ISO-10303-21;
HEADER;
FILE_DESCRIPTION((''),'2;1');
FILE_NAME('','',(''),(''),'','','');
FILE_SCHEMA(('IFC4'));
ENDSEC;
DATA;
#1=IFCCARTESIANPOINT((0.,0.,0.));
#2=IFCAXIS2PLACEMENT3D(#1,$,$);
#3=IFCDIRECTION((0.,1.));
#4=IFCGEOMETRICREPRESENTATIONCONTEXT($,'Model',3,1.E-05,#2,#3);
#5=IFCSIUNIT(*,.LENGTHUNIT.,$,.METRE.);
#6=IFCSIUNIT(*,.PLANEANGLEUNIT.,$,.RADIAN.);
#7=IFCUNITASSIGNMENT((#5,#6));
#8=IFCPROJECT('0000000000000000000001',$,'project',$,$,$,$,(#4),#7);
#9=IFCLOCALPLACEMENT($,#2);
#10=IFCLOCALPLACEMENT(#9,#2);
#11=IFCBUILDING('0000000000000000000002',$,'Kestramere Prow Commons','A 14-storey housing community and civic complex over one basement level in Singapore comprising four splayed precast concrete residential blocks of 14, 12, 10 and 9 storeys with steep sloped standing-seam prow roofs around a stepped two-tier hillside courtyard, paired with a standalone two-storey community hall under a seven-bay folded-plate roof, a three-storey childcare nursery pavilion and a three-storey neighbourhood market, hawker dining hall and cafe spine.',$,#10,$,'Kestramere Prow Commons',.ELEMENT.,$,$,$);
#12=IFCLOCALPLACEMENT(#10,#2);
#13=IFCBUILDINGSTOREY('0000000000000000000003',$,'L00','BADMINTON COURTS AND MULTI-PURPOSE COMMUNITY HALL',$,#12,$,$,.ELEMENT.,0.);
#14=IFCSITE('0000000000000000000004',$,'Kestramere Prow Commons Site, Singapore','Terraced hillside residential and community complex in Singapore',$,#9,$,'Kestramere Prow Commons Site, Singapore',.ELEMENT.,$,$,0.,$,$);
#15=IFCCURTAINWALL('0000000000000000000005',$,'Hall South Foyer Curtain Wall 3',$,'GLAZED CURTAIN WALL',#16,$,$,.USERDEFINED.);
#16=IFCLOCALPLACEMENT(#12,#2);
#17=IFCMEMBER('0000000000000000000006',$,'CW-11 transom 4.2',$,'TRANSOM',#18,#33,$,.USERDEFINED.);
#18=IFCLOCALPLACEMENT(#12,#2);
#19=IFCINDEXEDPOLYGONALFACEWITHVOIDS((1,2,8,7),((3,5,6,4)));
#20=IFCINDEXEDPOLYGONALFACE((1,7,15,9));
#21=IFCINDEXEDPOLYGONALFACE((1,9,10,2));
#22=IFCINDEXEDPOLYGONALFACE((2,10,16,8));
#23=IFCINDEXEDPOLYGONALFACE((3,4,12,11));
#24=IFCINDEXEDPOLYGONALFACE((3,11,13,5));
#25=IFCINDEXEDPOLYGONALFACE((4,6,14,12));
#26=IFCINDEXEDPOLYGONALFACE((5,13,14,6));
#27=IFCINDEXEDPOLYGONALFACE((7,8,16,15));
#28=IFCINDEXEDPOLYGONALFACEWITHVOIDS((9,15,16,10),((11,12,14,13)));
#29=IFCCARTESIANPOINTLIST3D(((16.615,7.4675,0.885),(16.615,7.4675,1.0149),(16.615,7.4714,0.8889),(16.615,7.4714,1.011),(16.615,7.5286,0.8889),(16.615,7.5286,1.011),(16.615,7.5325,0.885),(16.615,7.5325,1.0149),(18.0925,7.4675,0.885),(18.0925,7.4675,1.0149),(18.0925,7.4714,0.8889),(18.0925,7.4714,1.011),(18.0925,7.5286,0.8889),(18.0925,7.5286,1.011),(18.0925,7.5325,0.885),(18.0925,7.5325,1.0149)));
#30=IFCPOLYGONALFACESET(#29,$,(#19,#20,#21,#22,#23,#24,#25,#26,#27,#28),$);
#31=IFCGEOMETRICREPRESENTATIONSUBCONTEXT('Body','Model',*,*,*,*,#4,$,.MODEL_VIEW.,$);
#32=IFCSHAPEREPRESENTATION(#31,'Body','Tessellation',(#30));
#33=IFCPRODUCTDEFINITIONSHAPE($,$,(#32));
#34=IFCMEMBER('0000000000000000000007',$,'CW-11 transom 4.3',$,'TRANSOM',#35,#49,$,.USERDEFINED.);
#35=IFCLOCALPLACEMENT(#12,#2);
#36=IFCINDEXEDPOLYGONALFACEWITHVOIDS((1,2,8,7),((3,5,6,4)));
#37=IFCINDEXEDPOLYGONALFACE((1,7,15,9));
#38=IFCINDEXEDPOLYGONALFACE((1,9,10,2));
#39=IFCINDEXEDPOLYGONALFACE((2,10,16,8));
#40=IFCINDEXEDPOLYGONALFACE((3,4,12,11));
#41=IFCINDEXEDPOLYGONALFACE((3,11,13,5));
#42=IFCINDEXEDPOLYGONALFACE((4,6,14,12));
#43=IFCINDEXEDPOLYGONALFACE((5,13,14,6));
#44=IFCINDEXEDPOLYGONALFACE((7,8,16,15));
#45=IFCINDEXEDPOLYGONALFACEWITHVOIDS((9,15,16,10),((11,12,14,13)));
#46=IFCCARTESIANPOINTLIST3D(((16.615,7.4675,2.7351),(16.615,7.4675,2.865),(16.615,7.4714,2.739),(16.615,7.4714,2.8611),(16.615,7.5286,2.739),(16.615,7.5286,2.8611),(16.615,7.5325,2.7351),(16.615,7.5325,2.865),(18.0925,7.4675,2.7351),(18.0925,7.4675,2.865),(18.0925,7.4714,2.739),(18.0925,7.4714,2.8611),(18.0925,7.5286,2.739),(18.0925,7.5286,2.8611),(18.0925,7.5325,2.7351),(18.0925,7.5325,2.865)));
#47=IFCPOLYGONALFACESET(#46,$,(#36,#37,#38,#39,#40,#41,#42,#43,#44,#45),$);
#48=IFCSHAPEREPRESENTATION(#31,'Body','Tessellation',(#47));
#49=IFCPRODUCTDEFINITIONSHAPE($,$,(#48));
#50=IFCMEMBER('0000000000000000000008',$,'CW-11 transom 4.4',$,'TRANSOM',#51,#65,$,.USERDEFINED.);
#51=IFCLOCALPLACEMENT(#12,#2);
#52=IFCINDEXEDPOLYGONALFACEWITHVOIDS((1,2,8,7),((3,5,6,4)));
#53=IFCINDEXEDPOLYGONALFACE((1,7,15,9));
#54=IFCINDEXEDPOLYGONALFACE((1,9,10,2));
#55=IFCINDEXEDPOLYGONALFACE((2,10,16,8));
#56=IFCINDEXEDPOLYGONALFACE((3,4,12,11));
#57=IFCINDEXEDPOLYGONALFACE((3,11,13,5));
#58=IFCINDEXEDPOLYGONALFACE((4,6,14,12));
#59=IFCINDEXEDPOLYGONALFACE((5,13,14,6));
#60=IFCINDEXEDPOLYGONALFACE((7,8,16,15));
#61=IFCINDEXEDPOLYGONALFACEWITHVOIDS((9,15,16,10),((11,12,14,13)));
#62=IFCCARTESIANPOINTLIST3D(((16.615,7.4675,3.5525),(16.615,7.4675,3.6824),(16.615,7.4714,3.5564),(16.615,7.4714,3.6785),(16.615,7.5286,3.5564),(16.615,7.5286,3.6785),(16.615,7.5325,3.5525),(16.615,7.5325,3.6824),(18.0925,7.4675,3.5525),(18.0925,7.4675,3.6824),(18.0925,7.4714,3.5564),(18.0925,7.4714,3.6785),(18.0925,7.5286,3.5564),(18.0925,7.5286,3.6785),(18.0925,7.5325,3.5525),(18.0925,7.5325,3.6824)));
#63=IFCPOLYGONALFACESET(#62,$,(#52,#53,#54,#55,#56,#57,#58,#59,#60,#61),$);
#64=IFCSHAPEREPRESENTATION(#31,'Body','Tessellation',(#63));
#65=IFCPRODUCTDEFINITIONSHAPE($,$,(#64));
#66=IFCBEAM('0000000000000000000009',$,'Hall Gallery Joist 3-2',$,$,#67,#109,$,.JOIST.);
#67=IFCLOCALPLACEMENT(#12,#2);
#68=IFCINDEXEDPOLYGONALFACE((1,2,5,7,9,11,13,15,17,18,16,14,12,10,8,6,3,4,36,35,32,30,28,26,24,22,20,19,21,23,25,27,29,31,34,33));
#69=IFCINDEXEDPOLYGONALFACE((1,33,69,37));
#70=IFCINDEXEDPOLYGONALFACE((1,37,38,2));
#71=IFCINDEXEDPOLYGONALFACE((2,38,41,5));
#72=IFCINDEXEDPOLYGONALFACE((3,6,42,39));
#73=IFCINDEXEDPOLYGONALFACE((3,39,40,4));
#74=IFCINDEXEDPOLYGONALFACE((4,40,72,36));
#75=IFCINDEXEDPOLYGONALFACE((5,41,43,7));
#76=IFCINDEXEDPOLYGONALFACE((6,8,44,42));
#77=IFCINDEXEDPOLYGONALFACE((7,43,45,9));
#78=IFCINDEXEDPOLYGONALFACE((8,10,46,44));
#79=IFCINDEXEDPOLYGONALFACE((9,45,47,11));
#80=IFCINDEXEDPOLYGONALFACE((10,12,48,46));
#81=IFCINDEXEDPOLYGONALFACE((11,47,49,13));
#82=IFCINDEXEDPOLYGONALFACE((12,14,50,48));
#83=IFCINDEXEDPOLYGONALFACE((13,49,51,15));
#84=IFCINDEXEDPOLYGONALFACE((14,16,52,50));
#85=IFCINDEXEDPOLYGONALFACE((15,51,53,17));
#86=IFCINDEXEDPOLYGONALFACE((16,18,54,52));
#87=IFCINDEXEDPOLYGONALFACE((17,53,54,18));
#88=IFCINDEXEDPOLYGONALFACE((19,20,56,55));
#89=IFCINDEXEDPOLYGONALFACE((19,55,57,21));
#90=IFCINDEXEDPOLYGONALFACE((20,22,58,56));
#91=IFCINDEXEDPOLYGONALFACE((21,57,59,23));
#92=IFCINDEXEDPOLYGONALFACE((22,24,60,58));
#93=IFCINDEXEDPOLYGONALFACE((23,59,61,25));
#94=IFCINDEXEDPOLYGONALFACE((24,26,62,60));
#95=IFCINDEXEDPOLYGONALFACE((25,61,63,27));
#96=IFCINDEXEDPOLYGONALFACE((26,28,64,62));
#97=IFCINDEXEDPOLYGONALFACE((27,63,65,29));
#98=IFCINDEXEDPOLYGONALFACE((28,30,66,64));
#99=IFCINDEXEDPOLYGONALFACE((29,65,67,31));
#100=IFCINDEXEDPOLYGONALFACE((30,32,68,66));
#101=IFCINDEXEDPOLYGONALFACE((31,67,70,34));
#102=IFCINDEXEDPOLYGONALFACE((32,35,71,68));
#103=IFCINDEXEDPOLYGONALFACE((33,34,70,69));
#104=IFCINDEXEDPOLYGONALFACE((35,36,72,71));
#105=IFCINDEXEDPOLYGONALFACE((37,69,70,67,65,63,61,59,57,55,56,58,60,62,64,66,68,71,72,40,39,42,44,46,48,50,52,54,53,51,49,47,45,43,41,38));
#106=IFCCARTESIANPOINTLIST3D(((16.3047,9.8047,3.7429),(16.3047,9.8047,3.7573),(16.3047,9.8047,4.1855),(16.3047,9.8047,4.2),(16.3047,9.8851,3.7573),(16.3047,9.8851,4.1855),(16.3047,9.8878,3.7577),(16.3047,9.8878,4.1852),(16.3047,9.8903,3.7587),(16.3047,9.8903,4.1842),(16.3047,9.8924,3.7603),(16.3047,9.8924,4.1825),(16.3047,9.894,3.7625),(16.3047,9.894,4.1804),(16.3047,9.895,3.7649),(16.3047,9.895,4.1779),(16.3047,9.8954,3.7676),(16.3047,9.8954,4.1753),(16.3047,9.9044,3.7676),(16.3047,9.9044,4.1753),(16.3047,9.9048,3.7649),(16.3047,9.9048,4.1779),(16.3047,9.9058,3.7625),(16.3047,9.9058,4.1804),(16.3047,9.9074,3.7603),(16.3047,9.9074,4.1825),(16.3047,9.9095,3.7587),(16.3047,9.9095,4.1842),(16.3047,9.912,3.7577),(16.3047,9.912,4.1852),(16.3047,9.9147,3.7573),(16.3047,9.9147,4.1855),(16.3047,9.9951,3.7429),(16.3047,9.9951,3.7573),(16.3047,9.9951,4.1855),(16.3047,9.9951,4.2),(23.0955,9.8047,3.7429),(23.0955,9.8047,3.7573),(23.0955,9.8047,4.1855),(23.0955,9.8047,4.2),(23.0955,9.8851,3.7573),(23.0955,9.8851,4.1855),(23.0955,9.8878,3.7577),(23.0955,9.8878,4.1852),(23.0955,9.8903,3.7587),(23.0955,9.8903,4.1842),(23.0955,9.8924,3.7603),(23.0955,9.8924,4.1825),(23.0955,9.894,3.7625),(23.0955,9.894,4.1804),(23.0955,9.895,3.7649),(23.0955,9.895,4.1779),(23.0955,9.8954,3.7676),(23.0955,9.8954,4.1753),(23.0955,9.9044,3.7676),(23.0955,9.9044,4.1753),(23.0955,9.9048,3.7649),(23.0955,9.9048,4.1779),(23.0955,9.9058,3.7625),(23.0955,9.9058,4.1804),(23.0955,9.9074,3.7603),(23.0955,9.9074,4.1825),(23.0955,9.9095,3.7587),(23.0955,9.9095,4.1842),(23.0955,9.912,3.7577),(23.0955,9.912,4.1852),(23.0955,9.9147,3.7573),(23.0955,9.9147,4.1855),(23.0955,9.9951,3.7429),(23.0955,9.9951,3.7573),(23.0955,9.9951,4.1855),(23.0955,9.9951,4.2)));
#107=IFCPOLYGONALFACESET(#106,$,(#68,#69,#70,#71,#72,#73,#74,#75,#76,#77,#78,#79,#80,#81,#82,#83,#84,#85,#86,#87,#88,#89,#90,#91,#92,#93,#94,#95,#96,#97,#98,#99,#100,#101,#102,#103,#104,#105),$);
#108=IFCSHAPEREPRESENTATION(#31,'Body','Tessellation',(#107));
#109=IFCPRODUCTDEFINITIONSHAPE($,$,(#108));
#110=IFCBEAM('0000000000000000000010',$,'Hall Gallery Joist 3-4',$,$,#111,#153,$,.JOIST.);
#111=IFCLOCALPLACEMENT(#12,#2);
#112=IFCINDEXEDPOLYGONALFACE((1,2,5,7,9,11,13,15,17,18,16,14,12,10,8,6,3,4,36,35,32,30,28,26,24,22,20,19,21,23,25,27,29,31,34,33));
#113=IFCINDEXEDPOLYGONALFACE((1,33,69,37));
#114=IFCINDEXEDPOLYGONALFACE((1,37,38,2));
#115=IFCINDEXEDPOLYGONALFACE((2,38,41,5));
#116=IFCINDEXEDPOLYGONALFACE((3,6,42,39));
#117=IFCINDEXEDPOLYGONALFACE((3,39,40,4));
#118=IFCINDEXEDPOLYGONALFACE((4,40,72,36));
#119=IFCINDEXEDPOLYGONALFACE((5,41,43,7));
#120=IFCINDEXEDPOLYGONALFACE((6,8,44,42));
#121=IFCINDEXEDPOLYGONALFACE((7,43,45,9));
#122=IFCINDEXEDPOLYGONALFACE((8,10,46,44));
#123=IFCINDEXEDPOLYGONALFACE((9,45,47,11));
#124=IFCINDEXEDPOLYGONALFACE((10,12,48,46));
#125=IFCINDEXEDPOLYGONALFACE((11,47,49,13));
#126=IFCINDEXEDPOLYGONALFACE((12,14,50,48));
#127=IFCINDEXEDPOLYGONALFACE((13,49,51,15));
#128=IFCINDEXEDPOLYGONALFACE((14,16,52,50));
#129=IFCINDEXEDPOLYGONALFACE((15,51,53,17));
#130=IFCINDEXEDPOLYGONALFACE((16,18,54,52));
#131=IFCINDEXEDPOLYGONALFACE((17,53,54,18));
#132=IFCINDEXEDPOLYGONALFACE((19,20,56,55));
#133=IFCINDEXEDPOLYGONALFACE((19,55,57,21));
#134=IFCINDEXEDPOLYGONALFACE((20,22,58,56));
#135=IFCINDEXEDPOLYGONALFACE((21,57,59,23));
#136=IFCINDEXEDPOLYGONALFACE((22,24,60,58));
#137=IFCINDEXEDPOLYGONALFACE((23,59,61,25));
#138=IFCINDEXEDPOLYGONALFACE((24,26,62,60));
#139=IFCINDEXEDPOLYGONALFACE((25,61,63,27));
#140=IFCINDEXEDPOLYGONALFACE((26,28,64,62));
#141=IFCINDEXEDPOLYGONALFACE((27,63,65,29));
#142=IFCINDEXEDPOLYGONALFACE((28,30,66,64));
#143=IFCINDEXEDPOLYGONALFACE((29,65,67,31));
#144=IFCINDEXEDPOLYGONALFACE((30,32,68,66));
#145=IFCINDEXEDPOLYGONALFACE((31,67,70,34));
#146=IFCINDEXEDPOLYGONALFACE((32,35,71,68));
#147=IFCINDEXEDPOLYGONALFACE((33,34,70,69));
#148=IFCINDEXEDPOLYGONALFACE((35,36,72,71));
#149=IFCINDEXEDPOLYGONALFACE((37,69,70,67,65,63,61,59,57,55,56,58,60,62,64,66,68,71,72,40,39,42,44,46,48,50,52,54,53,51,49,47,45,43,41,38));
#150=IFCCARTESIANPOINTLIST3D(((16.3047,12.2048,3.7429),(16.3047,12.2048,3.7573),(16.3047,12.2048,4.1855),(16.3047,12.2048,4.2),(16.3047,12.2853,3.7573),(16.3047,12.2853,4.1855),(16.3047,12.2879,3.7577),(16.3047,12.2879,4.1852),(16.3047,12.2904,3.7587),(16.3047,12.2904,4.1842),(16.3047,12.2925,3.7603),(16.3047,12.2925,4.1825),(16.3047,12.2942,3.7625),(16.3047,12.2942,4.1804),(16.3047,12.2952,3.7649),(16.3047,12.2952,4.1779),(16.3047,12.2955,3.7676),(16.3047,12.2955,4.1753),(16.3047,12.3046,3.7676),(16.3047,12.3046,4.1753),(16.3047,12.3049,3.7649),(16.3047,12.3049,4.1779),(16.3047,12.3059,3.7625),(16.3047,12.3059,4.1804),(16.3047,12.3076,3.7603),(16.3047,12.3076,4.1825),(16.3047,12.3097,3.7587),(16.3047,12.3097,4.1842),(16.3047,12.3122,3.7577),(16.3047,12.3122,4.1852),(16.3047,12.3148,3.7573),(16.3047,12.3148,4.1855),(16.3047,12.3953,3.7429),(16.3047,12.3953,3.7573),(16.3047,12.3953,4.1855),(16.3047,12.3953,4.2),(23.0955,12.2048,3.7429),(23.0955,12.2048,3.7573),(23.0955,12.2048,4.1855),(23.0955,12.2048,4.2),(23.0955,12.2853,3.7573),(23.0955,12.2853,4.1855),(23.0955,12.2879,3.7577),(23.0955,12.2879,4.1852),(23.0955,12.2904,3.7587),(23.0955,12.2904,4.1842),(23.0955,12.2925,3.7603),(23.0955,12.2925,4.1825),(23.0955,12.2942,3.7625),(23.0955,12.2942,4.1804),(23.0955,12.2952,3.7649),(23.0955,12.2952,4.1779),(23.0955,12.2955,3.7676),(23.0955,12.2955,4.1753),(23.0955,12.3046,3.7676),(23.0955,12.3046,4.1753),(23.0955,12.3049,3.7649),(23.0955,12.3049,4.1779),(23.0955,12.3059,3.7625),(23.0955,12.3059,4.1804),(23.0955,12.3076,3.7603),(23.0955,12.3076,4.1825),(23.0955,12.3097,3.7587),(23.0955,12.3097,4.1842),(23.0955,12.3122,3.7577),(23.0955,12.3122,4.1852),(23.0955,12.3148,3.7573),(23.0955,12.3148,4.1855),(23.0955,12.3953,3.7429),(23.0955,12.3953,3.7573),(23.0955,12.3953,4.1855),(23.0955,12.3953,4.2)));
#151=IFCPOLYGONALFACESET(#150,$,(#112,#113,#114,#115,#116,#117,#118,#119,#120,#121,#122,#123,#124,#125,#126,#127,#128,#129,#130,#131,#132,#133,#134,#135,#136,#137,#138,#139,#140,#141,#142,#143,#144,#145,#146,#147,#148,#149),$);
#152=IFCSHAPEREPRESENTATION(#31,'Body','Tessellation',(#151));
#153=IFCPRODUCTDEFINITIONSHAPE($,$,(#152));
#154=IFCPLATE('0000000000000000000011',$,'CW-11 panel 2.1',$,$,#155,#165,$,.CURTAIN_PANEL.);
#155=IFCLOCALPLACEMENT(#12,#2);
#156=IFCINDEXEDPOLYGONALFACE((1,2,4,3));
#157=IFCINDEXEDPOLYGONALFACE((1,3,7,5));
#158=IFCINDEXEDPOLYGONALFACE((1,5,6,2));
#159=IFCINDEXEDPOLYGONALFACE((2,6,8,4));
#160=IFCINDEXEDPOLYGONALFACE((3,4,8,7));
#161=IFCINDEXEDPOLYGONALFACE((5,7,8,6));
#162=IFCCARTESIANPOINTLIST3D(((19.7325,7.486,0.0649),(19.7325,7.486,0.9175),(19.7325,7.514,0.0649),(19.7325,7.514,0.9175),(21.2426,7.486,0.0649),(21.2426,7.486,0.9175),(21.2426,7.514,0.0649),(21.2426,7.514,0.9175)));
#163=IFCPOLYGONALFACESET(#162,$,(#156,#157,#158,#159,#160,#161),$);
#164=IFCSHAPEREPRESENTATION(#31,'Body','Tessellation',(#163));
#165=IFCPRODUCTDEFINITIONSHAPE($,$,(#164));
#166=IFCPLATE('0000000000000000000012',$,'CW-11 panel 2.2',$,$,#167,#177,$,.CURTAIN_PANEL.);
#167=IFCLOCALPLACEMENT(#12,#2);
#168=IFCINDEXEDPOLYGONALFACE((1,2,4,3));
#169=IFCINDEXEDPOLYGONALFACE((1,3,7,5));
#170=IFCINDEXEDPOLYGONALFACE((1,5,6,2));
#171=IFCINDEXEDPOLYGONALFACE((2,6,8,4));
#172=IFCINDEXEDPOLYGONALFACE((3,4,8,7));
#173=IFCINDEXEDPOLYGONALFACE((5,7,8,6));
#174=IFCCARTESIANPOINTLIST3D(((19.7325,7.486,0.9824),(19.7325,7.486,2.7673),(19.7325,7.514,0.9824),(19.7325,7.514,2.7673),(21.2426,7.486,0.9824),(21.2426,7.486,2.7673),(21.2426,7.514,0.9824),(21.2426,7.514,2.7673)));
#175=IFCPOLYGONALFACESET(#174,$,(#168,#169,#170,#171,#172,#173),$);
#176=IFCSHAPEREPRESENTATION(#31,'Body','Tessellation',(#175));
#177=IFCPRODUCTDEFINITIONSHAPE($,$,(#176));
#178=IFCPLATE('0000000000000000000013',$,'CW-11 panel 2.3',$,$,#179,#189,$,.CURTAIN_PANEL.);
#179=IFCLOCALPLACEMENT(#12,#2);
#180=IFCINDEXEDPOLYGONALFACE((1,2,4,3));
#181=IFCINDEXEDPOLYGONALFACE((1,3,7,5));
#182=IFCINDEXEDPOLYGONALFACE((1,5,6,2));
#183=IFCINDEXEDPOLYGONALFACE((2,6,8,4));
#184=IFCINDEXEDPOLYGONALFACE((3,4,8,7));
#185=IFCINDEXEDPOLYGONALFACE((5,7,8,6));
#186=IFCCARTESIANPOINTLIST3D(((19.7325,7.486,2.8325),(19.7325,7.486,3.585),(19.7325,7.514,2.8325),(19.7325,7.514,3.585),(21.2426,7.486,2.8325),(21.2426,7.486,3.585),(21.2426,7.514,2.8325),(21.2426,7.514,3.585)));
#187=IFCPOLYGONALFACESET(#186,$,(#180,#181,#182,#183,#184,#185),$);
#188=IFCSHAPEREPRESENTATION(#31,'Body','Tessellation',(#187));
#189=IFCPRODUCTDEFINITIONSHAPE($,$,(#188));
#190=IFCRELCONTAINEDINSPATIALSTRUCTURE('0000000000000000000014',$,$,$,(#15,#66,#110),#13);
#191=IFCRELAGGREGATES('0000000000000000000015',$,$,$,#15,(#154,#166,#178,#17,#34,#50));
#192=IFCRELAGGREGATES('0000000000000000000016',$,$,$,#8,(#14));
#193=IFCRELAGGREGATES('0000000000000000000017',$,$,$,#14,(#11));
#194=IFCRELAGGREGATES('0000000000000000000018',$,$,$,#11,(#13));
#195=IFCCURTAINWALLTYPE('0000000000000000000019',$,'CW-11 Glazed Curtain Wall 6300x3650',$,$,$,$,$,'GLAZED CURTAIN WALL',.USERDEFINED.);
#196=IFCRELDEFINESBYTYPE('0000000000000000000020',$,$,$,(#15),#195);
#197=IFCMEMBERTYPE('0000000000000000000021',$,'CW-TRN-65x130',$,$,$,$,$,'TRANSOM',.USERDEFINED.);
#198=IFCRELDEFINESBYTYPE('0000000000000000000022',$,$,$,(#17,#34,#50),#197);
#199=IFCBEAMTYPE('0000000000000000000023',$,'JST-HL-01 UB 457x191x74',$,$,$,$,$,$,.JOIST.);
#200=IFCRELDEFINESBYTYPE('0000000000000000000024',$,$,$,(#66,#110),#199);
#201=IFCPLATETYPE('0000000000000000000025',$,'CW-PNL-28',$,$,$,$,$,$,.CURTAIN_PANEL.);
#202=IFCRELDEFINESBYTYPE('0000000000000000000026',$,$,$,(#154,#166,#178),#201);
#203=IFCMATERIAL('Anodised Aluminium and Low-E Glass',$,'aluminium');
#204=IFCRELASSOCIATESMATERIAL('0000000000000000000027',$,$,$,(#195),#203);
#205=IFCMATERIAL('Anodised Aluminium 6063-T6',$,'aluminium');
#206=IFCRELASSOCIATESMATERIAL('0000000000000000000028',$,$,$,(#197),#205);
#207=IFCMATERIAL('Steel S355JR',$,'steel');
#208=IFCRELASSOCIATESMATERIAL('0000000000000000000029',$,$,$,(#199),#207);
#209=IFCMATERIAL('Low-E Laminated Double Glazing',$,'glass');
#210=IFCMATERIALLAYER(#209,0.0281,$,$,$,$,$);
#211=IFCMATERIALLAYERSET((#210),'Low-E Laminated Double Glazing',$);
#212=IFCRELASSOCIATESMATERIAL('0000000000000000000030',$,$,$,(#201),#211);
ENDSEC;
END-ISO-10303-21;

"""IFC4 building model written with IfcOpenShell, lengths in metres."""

from ifc_helpers import new_model, si_unit, direction, frame, origin, origin_2d, place, context, subcontext, project, spatial, rectangle, hollow_rectangle, i_section, extrude, material, layer, layer_set, material_profile, profile_set, type_object, element, aggregate, save


model = new_model("IFC4")

# Units and contexts
model_context = context("Model", 3, precision=1e-05, world=origin(), true_north=direction((0.0, 1.0)))
body_context = subcontext(model_context, "Body", "Model", "MODEL_VIEW")
ifc_project = project(units=[si_unit("LENGTHUNIT", "METRE"), si_unit("PLANEANGLEUNIT", "RADIAN")], contexts=[model_context])

# Site, building, storey
site_placement = place(None, origin())
site = spatial("IfcSite", under=ifc_project, at=site_placement, Name="Kestramere Prow Commons Site, Singapore", Description="Terraced hillside residential and community complex in Singapore", LongName="Kestramere Prow Commons Site, Singapore", CompositionType="ELEMENT", RefElevation=0.0)
building_placement = place(site_placement, origin())
building = spatial("IfcBuilding", under=site, at=building_placement, Name="Kestramere Prow Commons", Description="A 14-storey housing community and civic complex over one basement level in Singapore comprising four splayed precast concrete residential blocks of 14, 12, 10 and 9 storeys with steep sloped standing-seam prow roofs around a stepped two-tier hillside courtyard, paired with a standalone two-storey community hall under a seven-bay folded-plate roof, a three-storey childcare nursery pavilion and a three-storey neighbourhood market, hawker dining hall and cafe spine.", LongName="Kestramere Prow Commons", CompositionType="ELEMENT")
storey_placement = place(building_placement, origin())
storey = spatial("IfcBuildingStorey", under=building, at=storey_placement, Name="L00", Description="BADMINTON COURTS AND MULTI-PURPOSE COMMUNITY HALL", CompositionType="ELEMENT", Elevation=0.0)

# Shared definitions
ifc_material_1 = material(Name="Steel S355JR", Category="steel")

# Curtain wall, members
ifc_material_2 = material(Name="Anodised Aluminium and Low-E Glass", Category="aluminium")
curtain_wall_type = type_object("IfcCurtainWallType", Name="CW-11 Glazed Curtain Wall 6300x3650", ElementType="GLAZED CURTAIN WALL", PredefinedType="USERDEFINED", material=ifc_material_2)
curtain_wall_placement = place(storey_placement, origin())
curtain_wall = element("IfcCurtainWall", 1, at=curtain_wall_placement, inside=storey, type_object=curtain_wall_type, Name="Hall South Foyer Curtain Wall 3", ObjectType="GLAZED CURTAIN WALL", PredefinedType="USERDEFINED")
ifc_material_3 = material(Name="Anodised Aluminium 6063-T6", Category="aluminium")
ifc_material_profile_1 = material_profile(ifc_material_3, hollow_rectangle(XDim=0.0649, YDim=0.1299, WallThickness=0.0039, at=origin_2d()), Name="ALU-TRN 65x130")
ifc_profile_set_1 = profile_set([ifc_material_profile_1], Name="Anodised Aluminium 6063-T6")
member_type_1 = type_object("IfcMemberType", Name="CW-TRN-65x130", ElementType="TRANSOM", PredefinedType="USERDEFINED", material=ifc_profile_set_1)
member_1_placement = place(storey_placement, frame((18.0925, 7.5, 0.95), z_axis=(-1.0, 0.0, 0.0), x_axis=(0.0, -1.0, 0.0)))
member_1 = element("IfcMember", 2, at=member_1_placement, type_object=member_type_1, Name="CW-11 transom 4.2", ObjectType="TRANSOM", PredefinedType="USERDEFINED", context=body_context, shape_type="SweptSolid", body=[
    extrude(hollow_rectangle(XDim=0.0649, YDim=0.1299, WallThickness=0.0039, at=origin_2d()), origin(), (0.0, 0.0, 1.0), 1.4775),
])
member_2_placement = place(storey_placement, frame((18.0925, 7.5, 2.8), z_axis=(-1.0, 0.0, 0.0), x_axis=(0.0, -1.0, 0.0)))
member_2 = element("IfcMember", 3, at=member_2_placement, type_object=member_type_1, Name="CW-11 transom 4.3", ObjectType="TRANSOM", PredefinedType="USERDEFINED", context=body_context, shape_type="SweptSolid", body=[
    extrude(hollow_rectangle(XDim=0.0649, YDim=0.1299, WallThickness=0.0039, at=origin_2d()), origin(), (0.0, 0.0, 1.0), 1.4775),
])
member_3_placement = place(storey_placement, frame((18.0925, 7.5, 3.6174), z_axis=(-1.0, 0.0, 0.0), x_axis=(0.0, -1.0, 0.0)))
member_3 = element("IfcMember", 4, at=member_3_placement, type_object=member_type_1, Name="CW-11 transom 4.4", ObjectType="TRANSOM", PredefinedType="USERDEFINED", context=body_context, shape_type="SweptSolid", body=[
    extrude(hollow_rectangle(XDim=0.0649, YDim=0.1299, WallThickness=0.0039, at=origin_2d()), origin(), (0.0, 0.0, 1.0), 1.4775),
])

# Beams
ifc_material_profile_2 = material_profile(ifc_material_1, i_section(OverallWidth=0.1904, OverallDepth=0.457, WebThickness=0.009, FlangeThickness=0.0144, FilletRadius=0.0103, at=origin_2d()), Name="UB 457x191x74")
ifc_profile_set_2 = profile_set([ifc_material_profile_2], Name="Steel S355JR")
beam_type_1 = type_object("IfcBeamType", Name="JST-HL-01 UB 457x191x74", PredefinedType="JOIST", material=ifc_profile_set_2)
for number, where, z_axis, x_axis, name in (
    (5, (16.3047, 9.8999, 3.9714), (1.0, 0.0, 0.0), (0.0, 1.0, 0.0), "Hall Gallery Joist 3-2"),
    (6, (16.3047, 12.3, 3.9714), (1.0, 0.0, 0.0), (0.0, 1.0, 0.0), "Hall Gallery Joist 3-4"),
):
    element("IfcBeam", number, at=place(storey_placement, frame(where, z_axis=z_axis, x_axis=x_axis)), inside=storey, type_object=beam_type_1, Name=name, PredefinedType="JOIST", context=body_context, shape_type="SweptSolid", body=[
        extrude(i_section(OverallWidth=0.1904, OverallDepth=0.457, WebThickness=0.009, FlangeThickness=0.0144, FilletRadius=0.0103, at=origin_2d()), origin(), (0.0, 0.0, 1.0), 6.7908),
    ])

# Plates
ifc_material_4 = material(Name="Low-E Laminated Double Glazing", Category="glass")
ifc_layer_1 = layer(ifc_material_4, 0.0281)
ifc_layer_set_1 = layer_set([ifc_layer_1], Name="Low-E Laminated Double Glazing")
plate_type = type_object("IfcPlateType", Name="CW-PNL-28", PredefinedType="CURTAIN_PANEL", material=ifc_layer_set_1)
plate_1_placement = place(storey_placement, frame((20.4875, 7.5, 0.0649), z_axis=(0.0, 0.0, 1.0), x_axis=(-1.0, 0.0, 0.0)))
plate_1 = element("IfcPlate", 7, at=plate_1_placement, type_object=plate_type, Name="CW-11 panel 2.1", PredefinedType="CURTAIN_PANEL", context=body_context, shape_type="SweptSolid", body=[
    extrude(rectangle(XDim=1.51, YDim=0.0281, at=origin_2d()), origin(), (0.0, 0.0, 1.0), 0.8525),
])
plate_2_placement = place(storey_placement, frame((20.4875, 7.5, 0.9824), z_axis=(0.0, 0.0, 1.0), x_axis=(-1.0, 0.0, 0.0)))
plate_2 = element("IfcPlate", 8, at=plate_2_placement, type_object=plate_type, Name="CW-11 panel 2.2", PredefinedType="CURTAIN_PANEL", context=body_context, shape_type="SweptSolid", body=[
    extrude(rectangle(XDim=1.51, YDim=0.0281, at=origin_2d()), origin(), (0.0, 0.0, 1.0), 1.7849),
])
plate_3_placement = place(storey_placement, frame((20.4875, 7.5, 2.8325), z_axis=(0.0, 0.0, 1.0), x_axis=(-1.0, 0.0, 0.0)))
plate_3 = element("IfcPlate", 9, at=plate_3_placement, type_object=plate_type, Name="CW-11 panel 2.3", PredefinedType="CURTAIN_PANEL", context=body_context, shape_type="SweptSolid", body=[
    extrude(rectangle(XDim=1.51, YDim=0.0281, at=origin_2d()), origin(), (0.0, 0.0, 1.0), 0.7524),
])
aggregate(curtain_wall, [plate_1, plate_2, plate_3, member_1, member_2, member_3])

save(model, "model.ifc")
